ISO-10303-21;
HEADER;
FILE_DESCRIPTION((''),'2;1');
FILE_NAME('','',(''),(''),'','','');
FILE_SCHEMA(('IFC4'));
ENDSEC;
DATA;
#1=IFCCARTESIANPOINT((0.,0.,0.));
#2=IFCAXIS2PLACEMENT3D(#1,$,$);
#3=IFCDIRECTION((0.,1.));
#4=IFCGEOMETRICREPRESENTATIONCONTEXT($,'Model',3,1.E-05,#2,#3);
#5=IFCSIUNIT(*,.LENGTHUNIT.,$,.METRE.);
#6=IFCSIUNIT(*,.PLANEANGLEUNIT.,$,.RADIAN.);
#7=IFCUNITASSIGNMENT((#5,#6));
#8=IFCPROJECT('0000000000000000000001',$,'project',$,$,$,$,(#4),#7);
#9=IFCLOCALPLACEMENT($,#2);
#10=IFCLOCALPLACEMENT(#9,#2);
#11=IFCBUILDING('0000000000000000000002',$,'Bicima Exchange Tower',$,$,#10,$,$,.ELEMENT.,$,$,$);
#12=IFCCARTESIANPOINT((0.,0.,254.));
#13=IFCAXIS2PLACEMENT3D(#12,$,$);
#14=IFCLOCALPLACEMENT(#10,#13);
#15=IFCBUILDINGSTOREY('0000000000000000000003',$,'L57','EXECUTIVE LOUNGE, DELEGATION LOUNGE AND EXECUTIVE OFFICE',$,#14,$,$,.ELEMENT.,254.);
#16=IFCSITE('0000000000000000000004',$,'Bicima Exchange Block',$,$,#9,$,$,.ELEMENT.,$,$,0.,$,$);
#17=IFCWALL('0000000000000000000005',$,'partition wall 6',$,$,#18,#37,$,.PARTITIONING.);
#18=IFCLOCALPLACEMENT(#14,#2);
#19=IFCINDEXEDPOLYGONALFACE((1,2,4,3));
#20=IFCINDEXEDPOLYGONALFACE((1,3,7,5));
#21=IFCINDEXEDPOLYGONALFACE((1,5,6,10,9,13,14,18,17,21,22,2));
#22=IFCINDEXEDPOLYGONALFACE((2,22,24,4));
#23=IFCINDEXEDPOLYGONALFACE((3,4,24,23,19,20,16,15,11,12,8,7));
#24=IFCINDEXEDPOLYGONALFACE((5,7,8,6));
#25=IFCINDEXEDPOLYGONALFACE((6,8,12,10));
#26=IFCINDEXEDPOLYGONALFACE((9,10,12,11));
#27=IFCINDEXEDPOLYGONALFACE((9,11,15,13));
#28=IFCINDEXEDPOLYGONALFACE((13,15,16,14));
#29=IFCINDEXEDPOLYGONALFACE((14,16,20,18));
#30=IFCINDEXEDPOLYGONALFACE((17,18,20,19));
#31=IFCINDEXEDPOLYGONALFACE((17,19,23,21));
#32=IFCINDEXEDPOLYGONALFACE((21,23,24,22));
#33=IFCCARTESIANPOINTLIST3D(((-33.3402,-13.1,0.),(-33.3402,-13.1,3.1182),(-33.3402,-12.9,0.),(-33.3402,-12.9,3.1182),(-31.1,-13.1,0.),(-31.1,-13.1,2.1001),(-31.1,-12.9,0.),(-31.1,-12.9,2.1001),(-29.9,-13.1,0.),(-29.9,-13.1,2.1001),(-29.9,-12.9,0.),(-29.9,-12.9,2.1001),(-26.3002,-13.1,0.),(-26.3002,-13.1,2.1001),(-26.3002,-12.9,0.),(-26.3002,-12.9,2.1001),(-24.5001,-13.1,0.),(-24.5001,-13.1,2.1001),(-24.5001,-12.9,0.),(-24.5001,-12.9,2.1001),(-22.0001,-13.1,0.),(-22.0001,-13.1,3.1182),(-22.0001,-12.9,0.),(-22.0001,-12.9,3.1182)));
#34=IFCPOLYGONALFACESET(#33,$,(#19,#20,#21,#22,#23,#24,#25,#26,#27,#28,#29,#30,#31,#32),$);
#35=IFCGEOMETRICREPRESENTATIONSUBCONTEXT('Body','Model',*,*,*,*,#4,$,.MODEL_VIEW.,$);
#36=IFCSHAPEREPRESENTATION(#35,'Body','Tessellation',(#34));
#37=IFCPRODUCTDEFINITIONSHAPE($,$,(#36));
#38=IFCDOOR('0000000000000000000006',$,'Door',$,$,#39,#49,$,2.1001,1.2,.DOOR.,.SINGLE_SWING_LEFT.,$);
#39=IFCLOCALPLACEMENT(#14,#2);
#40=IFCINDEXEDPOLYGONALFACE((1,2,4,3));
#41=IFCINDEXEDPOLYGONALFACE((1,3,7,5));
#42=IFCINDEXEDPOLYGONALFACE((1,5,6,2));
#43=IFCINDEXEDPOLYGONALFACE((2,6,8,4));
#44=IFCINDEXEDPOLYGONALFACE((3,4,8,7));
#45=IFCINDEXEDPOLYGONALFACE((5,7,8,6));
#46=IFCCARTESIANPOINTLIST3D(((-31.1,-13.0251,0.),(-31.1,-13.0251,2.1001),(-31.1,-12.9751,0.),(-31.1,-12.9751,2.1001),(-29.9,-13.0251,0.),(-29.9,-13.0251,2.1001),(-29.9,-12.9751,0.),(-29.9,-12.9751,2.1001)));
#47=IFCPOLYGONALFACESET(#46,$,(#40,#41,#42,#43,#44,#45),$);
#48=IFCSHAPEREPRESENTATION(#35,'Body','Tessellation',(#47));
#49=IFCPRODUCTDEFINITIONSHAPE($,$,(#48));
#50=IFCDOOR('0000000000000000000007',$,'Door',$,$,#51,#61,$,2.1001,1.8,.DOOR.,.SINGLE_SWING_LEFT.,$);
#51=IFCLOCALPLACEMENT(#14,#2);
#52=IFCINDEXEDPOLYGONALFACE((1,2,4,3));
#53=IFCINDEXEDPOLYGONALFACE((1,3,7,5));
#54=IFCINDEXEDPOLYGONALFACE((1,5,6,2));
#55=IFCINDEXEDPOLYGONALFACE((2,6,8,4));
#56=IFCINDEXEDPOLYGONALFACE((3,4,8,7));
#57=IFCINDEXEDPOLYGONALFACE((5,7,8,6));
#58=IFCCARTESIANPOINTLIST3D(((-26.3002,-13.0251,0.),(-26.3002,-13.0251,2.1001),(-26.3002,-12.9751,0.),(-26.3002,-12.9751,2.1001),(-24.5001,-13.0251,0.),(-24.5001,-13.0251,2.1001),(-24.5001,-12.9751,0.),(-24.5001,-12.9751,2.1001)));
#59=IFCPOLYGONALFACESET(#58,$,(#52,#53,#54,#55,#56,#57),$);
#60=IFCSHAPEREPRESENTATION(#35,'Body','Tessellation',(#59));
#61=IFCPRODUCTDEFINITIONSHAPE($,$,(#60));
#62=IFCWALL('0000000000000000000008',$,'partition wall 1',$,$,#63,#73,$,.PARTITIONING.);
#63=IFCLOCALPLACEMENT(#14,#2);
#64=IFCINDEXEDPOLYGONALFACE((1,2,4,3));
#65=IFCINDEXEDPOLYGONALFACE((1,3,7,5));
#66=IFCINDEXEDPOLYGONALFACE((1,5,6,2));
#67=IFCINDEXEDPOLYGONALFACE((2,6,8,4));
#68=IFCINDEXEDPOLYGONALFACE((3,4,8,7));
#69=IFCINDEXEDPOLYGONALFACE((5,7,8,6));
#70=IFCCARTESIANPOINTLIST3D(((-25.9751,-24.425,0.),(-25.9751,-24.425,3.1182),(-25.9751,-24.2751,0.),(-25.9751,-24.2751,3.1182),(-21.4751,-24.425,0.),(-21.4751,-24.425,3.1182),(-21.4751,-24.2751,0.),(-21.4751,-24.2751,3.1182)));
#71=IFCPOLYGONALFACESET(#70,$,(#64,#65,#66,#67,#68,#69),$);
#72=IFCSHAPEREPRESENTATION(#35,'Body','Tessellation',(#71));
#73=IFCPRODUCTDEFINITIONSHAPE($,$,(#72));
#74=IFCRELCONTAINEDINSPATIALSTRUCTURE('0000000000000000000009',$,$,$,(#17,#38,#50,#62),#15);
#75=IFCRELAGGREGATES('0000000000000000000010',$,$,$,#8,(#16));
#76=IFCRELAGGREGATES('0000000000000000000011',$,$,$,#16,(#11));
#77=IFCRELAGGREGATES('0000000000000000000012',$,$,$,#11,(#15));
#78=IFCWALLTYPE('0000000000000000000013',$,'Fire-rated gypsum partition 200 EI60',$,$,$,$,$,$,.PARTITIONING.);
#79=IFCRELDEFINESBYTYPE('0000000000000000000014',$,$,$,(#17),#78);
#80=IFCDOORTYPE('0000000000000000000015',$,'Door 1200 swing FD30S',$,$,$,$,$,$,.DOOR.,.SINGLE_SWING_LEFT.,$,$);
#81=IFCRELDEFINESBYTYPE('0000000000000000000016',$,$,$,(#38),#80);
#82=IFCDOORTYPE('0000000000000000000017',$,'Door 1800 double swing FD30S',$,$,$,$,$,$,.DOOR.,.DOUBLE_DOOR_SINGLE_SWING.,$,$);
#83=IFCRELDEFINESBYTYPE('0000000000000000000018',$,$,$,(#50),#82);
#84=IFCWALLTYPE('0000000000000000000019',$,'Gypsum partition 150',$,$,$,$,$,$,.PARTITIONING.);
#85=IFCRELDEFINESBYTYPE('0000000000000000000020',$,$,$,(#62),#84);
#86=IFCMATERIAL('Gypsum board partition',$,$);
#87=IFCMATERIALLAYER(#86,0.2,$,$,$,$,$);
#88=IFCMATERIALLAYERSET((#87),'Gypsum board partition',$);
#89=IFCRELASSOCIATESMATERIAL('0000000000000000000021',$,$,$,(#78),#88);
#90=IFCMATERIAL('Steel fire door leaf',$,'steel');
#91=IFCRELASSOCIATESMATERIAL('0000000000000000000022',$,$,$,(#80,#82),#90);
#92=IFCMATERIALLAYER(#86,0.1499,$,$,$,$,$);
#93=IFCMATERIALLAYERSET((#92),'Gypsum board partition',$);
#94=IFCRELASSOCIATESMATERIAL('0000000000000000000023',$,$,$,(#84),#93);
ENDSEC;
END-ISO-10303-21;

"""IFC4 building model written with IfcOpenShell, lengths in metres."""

from ifc_helpers import new_model, si_unit, direction, frame, frame_2d, origin, place, context, subcontext, project, spatial, rectangle, extrude, material, layer, layer_set, type_object, element, fill, save


model = new_model("IFC4")

# Units and contexts
model_context = context("Model", 3, precision=1e-05, world=origin(), true_north=direction((0.0, 1.0)))
body_context = subcontext(model_context, "Body", "Model", "MODEL_VIEW")
ifc_project = project(units=[si_unit("LENGTHUNIT", "METRE"), si_unit("PLANEANGLEUNIT", "RADIAN")], contexts=[model_context])

# Site, building, storey
site_placement = place(None, origin())
site = spatial("IfcSite", under=ifc_project, at=site_placement, Name="Bicima Exchange Block", CompositionType="ELEMENT", RefElevation=0.0)
building_placement = place(site_placement, origin())
building = spatial("IfcBuilding", under=site, at=building_placement, Name="Bicima Exchange Tower", CompositionType="ELEMENT")
storey_placement = place(building_placement, frame((0.0, 0.0, 254.0)))
storey = spatial("IfcBuildingStorey", under=building, at=storey_placement, Name="L57", Description="EXECUTIVE LOUNGE, DELEGATION LOUNGE AND EXECUTIVE OFFICE", CompositionType="ELEMENT", Elevation=254.0)

# Wall, openings, doors
ifc_material_1 = material(Name="Gypsum board partition")
ifc_layer_1 = layer(ifc_material_1, 0.2)
ifc_layer_set_1 = layer_set([ifc_layer_1], Name="Gypsum board partition")
wall_type_1 = type_object("IfcWallType", Name="Fire-rated gypsum partition 200 EI60", PredefinedType="PARTITIONING", material=ifc_layer_set_1)
ifc_material_2 = material(Name="Steel fire door leaf", Category="steel")
wall_1_placement = place(storey_placement, frame((-33.3401, -13.0, 0.0), z_axis=(0.0, 0.0, 1.0), x_axis=(1.0, 0.0, 0.0)))
wall_1 = element("IfcWall", 1, at=wall_1_placement, inside=storey, type_object=wall_type_1, Name="partition wall 6", PredefinedType="PARTITIONING", context=body_context, shape_type="SweptSolid", body=[
    extrude(rectangle(XDim=11.3401, YDim=0.2, at=frame_2d((5.6699, 0.0))), origin(), (0.0, 0.0, 1.0), 3.1182),
])
opening_1_placement = place(wall_1_placement, frame((2.24, 0.0, 0.0)))
opening_1 = element("IfcOpeningElement", 2, at=opening_1_placement, cuts=wall_1, PredefinedType="OPENING", context=body_context, shape_type="SweptSolid", body=[
    extrude(rectangle(XDim=1.2, YDim=2.1001, at=frame_2d((0.6001, 1.05))), frame((0.0, 0.1118, 0.0), z_axis=(0.0, -1.0, 0.0), x_axis=(1.0, 0.0, 0.0)), (0.0, 0.0, 1.0), 0.2239),
])
opening_2_placement = place(wall_1_placement, frame((7.04, 0.0, 0.0)))
opening_2 = element("IfcOpeningElement", 3, at=opening_2_placement, cuts=wall_1, PredefinedType="OPENING", context=body_context, shape_type="SweptSolid", body=[
    extrude(rectangle(XDim=1.8, YDim=2.1001, at=frame_2d((0.8999, 1.05))), frame((0.0, 0.1118, 0.0), z_axis=(0.0, -1.0, 0.0), x_axis=(1.0, 0.0, 0.0)), (0.0, 0.0, 1.0), 0.2239),
])
door_type_1 = type_object("IfcDoorType", Name="Door 1200 swing FD30S", OperationType="SINGLE_SWING_LEFT", PredefinedType="DOOR", material=ifc_material_2)
door_1_placement = place(opening_1_placement, origin())
door_1 = element("IfcDoor", 4, at=door_1_placement, inside=storey, type_object=door_type_1, Name="Door", OperationType="SINGLE_SWING_LEFT", OverallHeight=2.1001, OverallWidth=1.2, PredefinedType="DOOR", context=body_context, shape_type="SweptSolid", body=[
    extrude(rectangle(XDim=1.2, YDim=2.1001, at=frame_2d((0.6001, 1.05))), frame((0.0, 0.0249, 0.0), z_axis=(0.0, -1.0, 0.0), x_axis=(1.0, 0.0, 0.0)), (0.0, 0.0, 1.0), 0.05),
])
fill(opening_1, door_1)
door_type_2 = type_object("IfcDoorType", Name="Door 1800 double swing FD30S", OperationType="DOUBLE_DOOR_SINGLE_SWING", PredefinedType="DOOR", material=ifc_material_2)
door_2_placement = place(opening_2_placement, origin())
door_2 = element("IfcDoor", 5, at=door_2_placement, inside=storey, type_object=door_type_2, Name="Door", OperationType="SINGLE_SWING_LEFT", OverallHeight=2.1001, OverallWidth=1.8, PredefinedType="DOOR", context=body_context, shape_type="SweptSolid", body=[
    extrude(rectangle(XDim=1.8, YDim=2.1001, at=frame_2d((0.8999, 1.05))), frame((0.0, 0.0249, 0.0), z_axis=(0.0, -1.0, 0.0), x_axis=(1.0, 0.0, 0.0)), (0.0, 0.0, 1.0), 0.05),
])
fill(opening_2, door_2)

# Wall
ifc_layer_2 = layer(ifc_material_1, 0.1499)
ifc_layer_set_2 = layer_set([ifc_layer_2], Name="Gypsum board partition")
wall_type_2 = type_object("IfcWallType", Name="Gypsum partition 150", PredefinedType="PARTITIONING", material=ifc_layer_set_2)
wall_2_placement = place(storey_placement, frame((-25.9751, -24.3501, 0.0), z_axis=(0.0, 0.0, 1.0), x_axis=(1.0, 0.0, 0.0)))
element("IfcWall", 6, at=wall_2_placement, inside=storey, type_object=wall_type_2, Name="partition wall 1", PredefinedType="PARTITIONING", context=body_context, shape_type="SweptSolid", body=[
    extrude(rectangle(XDim=4.5, YDim=0.1499, at=frame_2d((2.25, 0.0))), origin(), (0.0, 0.0, 1.0), 3.1182),
])

save(model, "model.ifc")
